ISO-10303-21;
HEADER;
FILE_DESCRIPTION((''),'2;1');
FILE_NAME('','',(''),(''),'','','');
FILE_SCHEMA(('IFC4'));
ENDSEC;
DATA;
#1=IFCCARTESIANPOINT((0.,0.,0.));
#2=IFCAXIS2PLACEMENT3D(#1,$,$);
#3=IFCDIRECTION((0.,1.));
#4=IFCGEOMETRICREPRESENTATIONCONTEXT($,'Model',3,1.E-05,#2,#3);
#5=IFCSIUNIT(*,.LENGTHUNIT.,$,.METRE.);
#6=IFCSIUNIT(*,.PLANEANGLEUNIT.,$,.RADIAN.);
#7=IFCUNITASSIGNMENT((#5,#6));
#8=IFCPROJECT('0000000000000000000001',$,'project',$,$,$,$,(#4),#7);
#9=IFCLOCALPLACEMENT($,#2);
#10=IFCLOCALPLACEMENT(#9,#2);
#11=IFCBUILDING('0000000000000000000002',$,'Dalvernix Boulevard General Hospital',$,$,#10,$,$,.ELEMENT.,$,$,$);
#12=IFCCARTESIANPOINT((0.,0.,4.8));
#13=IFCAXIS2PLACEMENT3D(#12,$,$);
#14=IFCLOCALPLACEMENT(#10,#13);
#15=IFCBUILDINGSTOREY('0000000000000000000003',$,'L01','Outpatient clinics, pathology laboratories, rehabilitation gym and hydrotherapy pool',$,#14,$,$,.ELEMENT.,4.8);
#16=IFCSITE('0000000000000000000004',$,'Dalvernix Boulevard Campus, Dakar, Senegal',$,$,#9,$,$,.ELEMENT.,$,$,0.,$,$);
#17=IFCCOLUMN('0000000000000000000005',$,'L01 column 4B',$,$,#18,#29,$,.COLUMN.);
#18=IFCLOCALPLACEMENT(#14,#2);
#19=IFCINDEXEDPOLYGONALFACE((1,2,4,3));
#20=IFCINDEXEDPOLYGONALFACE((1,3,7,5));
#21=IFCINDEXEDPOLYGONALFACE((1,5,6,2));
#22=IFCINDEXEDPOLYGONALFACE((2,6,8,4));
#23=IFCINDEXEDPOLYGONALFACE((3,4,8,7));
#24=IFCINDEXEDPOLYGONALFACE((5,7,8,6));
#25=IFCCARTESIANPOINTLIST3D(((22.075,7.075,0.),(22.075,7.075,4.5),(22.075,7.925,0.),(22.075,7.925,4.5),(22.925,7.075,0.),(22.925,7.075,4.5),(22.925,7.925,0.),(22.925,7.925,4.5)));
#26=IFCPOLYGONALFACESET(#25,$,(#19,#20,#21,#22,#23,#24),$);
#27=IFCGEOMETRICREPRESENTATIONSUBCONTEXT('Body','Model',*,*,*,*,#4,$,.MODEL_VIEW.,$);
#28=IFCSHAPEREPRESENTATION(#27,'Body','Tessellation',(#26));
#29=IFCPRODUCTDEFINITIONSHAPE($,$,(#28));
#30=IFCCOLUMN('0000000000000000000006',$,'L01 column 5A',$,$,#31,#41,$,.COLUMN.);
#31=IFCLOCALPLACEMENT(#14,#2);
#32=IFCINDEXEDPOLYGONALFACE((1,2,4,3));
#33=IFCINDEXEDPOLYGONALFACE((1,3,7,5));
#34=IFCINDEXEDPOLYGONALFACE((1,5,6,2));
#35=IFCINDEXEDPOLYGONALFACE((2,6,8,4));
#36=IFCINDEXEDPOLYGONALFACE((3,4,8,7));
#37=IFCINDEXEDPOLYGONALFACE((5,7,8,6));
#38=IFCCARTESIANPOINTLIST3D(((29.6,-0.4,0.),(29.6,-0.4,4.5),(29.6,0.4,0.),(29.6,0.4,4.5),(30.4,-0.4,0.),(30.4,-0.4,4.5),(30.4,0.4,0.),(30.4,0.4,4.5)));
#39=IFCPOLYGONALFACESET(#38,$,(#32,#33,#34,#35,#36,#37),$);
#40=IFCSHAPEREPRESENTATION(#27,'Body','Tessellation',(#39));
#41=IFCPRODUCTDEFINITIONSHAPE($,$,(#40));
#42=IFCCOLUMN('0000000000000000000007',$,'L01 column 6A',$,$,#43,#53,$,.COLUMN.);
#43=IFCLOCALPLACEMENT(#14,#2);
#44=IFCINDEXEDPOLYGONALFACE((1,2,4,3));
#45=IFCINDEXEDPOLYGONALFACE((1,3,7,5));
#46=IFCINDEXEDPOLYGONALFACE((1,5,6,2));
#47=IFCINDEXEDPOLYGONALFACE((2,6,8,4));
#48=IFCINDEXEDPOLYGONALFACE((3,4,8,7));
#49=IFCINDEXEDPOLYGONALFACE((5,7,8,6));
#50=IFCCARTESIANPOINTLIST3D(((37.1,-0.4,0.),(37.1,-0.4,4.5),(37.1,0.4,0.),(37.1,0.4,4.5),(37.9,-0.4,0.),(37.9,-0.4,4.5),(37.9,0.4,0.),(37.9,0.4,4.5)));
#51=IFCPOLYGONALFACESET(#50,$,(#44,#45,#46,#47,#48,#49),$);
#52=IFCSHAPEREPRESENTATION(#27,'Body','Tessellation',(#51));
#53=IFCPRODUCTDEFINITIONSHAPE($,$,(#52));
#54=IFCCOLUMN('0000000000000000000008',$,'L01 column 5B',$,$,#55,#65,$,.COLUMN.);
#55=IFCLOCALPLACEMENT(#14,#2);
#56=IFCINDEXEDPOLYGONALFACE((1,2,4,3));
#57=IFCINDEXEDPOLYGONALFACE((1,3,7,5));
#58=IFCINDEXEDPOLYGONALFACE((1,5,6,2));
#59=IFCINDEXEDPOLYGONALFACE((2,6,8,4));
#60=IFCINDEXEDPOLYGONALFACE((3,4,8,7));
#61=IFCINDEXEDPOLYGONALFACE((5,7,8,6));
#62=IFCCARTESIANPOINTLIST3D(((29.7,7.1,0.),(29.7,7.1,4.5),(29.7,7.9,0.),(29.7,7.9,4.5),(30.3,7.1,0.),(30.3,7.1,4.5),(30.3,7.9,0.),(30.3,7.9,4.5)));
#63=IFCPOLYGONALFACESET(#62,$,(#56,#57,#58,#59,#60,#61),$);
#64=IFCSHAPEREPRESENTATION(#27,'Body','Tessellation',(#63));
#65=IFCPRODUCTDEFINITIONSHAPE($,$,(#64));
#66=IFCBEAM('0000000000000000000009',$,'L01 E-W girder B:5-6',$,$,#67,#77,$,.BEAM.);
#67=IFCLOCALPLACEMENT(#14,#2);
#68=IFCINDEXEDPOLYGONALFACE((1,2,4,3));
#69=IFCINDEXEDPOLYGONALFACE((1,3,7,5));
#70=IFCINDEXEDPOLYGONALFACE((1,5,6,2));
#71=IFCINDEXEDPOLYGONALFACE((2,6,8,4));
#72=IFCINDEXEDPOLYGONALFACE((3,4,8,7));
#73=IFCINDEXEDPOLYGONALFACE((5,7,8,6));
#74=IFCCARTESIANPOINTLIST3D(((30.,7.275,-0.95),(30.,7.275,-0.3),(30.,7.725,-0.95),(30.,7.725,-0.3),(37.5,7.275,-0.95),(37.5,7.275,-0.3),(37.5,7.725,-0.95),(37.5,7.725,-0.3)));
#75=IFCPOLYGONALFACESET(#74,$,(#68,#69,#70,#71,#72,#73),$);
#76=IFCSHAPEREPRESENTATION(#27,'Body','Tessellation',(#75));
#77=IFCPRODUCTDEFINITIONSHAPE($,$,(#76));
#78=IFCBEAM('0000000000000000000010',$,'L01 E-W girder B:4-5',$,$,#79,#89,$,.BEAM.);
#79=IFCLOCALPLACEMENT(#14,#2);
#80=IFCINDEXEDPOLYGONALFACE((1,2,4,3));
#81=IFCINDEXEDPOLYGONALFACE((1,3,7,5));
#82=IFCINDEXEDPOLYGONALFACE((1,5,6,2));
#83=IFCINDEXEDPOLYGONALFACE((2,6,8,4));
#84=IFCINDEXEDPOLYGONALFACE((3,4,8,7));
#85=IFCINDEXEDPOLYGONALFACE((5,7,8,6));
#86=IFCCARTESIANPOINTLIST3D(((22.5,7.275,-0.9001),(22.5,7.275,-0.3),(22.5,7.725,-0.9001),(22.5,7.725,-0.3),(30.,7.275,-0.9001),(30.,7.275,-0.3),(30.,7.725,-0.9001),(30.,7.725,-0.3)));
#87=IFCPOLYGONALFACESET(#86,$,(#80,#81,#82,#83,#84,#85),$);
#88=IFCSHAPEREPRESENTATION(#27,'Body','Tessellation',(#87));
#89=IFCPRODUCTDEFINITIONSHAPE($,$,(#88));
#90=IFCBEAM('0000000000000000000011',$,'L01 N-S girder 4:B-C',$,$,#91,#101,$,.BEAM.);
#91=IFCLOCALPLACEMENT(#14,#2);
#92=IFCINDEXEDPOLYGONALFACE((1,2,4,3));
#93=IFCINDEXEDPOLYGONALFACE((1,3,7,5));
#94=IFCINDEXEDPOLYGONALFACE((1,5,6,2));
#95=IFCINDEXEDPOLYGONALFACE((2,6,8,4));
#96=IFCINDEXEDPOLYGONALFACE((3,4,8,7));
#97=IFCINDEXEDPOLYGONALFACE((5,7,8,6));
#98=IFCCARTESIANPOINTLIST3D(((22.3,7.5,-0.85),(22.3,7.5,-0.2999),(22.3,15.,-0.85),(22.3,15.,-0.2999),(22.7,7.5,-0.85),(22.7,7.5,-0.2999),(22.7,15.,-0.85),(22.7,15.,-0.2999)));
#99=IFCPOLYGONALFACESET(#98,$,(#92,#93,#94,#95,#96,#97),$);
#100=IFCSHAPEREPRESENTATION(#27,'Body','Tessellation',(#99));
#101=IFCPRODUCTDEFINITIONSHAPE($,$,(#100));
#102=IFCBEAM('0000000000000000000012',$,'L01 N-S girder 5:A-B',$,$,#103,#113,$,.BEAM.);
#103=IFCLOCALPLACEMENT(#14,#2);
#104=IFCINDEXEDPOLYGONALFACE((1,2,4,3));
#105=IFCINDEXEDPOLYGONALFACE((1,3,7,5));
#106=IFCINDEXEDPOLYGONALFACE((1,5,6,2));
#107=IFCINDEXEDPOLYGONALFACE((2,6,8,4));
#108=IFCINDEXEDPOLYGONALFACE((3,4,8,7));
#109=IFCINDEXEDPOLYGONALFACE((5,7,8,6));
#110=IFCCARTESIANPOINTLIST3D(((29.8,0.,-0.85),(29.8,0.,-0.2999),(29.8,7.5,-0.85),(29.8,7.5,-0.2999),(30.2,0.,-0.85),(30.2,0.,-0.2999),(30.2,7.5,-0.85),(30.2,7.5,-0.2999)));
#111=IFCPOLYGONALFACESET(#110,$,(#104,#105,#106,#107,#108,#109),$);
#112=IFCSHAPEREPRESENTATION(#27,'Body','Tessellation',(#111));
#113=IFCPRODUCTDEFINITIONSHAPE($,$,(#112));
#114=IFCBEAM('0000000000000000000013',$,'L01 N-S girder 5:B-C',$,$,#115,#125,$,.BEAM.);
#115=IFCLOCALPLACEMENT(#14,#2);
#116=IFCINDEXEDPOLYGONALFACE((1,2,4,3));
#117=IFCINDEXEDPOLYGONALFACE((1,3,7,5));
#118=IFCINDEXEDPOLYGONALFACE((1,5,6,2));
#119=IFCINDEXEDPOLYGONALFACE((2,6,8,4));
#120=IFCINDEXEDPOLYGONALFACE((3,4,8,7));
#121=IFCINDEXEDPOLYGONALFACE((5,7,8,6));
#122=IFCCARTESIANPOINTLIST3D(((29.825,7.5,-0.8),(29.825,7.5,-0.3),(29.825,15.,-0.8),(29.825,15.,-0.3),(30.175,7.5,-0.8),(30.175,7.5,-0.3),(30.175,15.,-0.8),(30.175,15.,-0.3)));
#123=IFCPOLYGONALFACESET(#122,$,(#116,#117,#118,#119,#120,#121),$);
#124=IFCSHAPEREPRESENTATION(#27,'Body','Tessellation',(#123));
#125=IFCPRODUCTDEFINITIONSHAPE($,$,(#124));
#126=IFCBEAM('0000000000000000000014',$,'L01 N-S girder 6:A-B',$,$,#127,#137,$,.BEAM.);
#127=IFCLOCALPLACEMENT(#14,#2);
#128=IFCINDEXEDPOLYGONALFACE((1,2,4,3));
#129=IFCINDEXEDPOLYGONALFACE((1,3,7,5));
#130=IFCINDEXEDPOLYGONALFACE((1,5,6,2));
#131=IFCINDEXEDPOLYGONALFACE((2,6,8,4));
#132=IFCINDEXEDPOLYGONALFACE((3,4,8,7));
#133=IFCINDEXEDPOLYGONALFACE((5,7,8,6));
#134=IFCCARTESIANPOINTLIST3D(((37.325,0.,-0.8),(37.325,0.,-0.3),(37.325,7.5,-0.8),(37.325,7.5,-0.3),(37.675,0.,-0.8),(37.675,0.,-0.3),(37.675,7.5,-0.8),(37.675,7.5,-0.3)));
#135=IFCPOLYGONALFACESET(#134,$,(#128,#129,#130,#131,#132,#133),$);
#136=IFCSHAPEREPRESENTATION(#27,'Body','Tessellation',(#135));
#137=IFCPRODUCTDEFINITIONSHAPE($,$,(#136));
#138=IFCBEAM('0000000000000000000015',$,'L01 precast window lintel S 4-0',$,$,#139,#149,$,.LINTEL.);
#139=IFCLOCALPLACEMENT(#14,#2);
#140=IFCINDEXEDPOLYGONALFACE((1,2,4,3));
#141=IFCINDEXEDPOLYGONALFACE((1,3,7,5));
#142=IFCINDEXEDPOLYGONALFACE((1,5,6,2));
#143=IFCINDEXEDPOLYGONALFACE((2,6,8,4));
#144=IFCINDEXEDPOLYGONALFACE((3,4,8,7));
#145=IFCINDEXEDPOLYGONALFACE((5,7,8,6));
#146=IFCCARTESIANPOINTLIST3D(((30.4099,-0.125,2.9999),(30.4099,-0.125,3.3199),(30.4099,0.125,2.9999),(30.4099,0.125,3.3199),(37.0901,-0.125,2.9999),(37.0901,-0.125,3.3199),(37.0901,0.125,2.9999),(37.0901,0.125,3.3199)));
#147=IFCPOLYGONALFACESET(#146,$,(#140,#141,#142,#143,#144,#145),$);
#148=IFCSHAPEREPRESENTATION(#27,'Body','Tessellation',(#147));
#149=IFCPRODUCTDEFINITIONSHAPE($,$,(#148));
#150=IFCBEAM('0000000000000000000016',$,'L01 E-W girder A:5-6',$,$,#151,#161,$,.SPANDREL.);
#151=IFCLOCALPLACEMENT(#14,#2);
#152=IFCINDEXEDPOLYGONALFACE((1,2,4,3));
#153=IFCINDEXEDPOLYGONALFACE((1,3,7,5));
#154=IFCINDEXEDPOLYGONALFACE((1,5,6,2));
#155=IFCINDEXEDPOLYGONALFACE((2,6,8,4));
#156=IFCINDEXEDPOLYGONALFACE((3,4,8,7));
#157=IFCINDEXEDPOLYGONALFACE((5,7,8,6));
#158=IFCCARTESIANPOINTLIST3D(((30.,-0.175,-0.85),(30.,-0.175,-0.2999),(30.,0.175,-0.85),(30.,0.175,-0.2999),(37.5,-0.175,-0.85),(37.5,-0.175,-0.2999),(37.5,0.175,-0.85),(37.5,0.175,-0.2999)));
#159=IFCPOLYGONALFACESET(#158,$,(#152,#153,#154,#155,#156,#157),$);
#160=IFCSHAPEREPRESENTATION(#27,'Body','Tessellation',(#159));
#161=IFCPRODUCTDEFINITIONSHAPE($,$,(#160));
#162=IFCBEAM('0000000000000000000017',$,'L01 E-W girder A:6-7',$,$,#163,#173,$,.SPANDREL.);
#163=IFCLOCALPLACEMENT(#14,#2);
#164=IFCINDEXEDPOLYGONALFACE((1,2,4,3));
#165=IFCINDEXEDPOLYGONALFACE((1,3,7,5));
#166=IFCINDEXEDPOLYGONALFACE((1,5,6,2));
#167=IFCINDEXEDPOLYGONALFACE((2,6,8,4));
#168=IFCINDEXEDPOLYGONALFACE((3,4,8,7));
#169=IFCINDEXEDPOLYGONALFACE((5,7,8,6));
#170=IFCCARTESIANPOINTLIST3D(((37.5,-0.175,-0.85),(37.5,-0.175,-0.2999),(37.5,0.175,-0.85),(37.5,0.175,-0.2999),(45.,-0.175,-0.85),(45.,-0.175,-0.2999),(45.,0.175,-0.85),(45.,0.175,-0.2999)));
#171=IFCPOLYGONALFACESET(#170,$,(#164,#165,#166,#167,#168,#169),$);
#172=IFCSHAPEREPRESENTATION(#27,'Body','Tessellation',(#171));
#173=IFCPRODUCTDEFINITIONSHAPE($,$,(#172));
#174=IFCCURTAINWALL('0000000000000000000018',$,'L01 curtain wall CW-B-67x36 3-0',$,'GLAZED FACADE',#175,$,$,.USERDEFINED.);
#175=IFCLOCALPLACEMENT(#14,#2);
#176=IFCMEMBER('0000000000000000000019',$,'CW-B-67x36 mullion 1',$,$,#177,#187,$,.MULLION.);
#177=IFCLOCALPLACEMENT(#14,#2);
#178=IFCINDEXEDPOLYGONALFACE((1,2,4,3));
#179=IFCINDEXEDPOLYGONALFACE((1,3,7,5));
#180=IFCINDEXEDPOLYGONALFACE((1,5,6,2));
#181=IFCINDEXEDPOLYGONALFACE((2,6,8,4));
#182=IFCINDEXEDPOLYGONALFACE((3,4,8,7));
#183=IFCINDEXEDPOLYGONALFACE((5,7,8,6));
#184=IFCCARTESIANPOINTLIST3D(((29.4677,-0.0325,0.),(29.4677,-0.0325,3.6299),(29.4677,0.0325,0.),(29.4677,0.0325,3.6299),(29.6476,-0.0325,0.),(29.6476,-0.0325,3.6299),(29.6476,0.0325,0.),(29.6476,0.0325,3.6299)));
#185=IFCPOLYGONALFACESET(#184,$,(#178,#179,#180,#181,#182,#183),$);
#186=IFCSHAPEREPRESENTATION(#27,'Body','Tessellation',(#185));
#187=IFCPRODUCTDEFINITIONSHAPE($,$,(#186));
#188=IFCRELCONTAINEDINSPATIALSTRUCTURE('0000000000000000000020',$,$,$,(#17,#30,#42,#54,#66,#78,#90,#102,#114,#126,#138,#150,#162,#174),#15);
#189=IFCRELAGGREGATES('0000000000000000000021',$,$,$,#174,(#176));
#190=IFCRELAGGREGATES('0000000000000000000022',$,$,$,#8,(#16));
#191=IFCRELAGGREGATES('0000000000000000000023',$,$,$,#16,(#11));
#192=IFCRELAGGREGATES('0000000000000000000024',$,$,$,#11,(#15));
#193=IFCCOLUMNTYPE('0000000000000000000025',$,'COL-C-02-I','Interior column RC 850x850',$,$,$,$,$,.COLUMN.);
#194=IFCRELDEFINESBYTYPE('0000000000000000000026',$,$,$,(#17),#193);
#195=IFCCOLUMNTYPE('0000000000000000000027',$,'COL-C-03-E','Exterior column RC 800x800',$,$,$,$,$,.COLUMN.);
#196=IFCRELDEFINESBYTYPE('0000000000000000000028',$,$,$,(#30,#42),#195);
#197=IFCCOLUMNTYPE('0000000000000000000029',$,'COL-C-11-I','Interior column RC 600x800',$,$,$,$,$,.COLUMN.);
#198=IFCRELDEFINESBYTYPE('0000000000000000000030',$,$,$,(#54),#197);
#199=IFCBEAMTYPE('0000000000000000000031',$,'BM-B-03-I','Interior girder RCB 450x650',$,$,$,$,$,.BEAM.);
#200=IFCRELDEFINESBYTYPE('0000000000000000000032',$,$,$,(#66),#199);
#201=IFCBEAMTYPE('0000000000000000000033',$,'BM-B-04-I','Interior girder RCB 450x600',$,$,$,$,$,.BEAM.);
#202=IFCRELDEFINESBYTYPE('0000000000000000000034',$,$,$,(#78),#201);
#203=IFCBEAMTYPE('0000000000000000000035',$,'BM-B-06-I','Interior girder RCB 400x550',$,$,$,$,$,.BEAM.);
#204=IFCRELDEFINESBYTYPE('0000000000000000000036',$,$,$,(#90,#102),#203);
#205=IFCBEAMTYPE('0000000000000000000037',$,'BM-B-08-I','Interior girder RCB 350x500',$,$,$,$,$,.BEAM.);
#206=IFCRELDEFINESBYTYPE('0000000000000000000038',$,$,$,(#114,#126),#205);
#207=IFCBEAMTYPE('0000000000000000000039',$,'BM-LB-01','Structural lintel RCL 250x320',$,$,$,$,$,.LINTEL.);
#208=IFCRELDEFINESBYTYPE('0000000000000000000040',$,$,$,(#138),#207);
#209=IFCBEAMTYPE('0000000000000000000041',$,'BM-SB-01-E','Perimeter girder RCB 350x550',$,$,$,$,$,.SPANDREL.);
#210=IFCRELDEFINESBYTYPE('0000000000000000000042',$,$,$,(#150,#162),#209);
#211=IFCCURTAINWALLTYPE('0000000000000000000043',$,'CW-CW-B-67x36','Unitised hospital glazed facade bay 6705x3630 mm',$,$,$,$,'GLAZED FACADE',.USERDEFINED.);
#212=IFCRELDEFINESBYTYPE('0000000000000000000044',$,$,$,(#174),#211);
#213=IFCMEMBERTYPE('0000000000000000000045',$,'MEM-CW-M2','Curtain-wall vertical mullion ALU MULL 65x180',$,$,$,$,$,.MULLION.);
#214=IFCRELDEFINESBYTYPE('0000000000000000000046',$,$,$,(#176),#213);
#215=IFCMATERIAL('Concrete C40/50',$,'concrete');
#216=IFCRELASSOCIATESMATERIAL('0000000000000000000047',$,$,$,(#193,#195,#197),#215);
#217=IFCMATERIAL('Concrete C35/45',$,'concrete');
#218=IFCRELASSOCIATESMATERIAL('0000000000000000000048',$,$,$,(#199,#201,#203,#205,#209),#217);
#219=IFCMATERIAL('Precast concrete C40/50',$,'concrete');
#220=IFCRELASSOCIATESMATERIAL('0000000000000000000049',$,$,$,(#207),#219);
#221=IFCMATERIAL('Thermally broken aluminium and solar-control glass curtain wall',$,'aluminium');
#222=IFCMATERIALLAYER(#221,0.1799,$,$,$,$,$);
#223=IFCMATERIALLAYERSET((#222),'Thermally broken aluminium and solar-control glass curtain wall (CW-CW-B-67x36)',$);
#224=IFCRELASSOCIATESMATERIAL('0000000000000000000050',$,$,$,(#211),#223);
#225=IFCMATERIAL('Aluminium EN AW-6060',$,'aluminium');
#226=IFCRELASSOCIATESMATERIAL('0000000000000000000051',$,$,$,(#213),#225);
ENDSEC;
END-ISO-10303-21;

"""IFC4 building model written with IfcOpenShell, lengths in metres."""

from ifc_helpers import new_model, si_unit, direction, frame, origin, origin_2d, place, context, subcontext, project, spatial, rectangle, extrude, material, layer, layer_set, material_profile, profile_set, type_object, element, aggregate, save


model = new_model("IFC4")

# Units and contexts
model_context = context("Model", 3, precision=1e-05, world=origin(), true_north=direction((0.0, 1.0)))
body_context = subcontext(model_context, "Body", "Model", "MODEL_VIEW")
ifc_project = project(units=[si_unit("LENGTHUNIT", "METRE"), si_unit("PLANEANGLEUNIT", "RADIAN")], contexts=[model_context])

# Site, building, storey
site_placement = place(None, origin())
site = spatial("IfcSite", under=ifc_project, at=site_placement, Name="Dalvernix Boulevard Campus, Dakar, Senegal", CompositionType="ELEMENT", RefElevation=0.0)
building_placement = place(site_placement, origin())
building = spatial("IfcBuilding", under=site, at=building_placement, Name="Dalvernix Boulevard General Hospital", CompositionType="ELEMENT")
storey_placement = place(building_placement, frame((0.0, 0.0, 4.8)))
storey = spatial("IfcBuildingStorey", under=building, at=storey_placement, Name="L01", Description="Outpatient clinics, pathology laboratories, rehabilitation gym and hydrotherapy pool", CompositionType="ELEMENT", Elevation=4.8)

# Columns
ifc_material_1 = material(Name="Concrete C40/50", Category="concrete")
ifc_material_profile_1 = material_profile(ifc_material_1, rectangle(XDim=0.8501, YDim=0.8501, at=origin_2d()), Name="RC 850x850")
ifc_profile_set_1 = profile_set([ifc_material_profile_1], Name="Concrete C40/50")
column_type_1 = type_object("IfcColumnType", Name="COL-C-02-I", Description="Interior column RC 850x850", PredefinedType="COLUMN", material=ifc_profile_set_1)
column_1_placement = place(storey_placement, frame((22.5, 7.5, 0.0), z_axis=(0.0, 0.0, 1.0), x_axis=(1.0, 0.0, 0.0)))
element("IfcColumn", 1, at=column_1_placement, inside=storey, type_object=column_type_1, Name="L01 column 4B", PredefinedType="COLUMN", context=body_context, shape_type="SweptSolid", body=[
    extrude(rectangle(XDim=0.8501, YDim=0.8501, at=origin_2d()), origin(), (0.0, 0.0, 1.0), 4.5),
])
ifc_material_profile_2 = material_profile(ifc_material_1, rectangle(XDim=0.8, YDim=0.8, at=origin_2d()), Name="RC 800x800")
ifc_profile_set_2 = profile_set([ifc_material_profile_2], Name="Concrete C40/50")
column_type_2 = type_object("IfcColumnType", Name="COL-C-03-E", Description="Exterior column RC 800x800", PredefinedType="COLUMN", material=ifc_profile_set_2)
for number, where, z_axis, x_axis, name in (
    (2, (30.0, 0.0, 0.0), (0.0, 0.0, 1.0), (1.0, 0.0, 0.0), "L01 column 5A"),
    (3, (37.5, 0.0, 0.0), (0.0, 0.0, 1.0), (1.0, 0.0, 0.0), "L01 column 6A"),
):
    element("IfcColumn", number, at=place(storey_placement, frame(where, z_axis=z_axis, x_axis=x_axis)), inside=storey, type_object=column_type_2, Name=name, PredefinedType="COLUMN", context=body_context, shape_type="SweptSolid", body=[
        extrude(rectangle(XDim=0.8, YDim=0.8, at=origin_2d()), origin(), (0.0, 0.0, 1.0), 4.5),
    ])
ifc_material_profile_3 = material_profile(ifc_material_1, rectangle(XDim=0.6001, YDim=0.8, at=origin_2d()), Name="RC 600x800")
ifc_profile_set_3 = profile_set([ifc_material_profile_3], Name="Concrete C40/50")
column_type_3 = type_object("IfcColumnType", Name="COL-C-11-I", Description="Interior column RC 600x800", PredefinedType="COLUMN", material=ifc_profile_set_3)
column_2_placement = place(storey_placement, frame((30.0, 7.5, 0.0), z_axis=(0.0, 0.0, 1.0), x_axis=(1.0, 0.0, 0.0)))
element("IfcColumn", 4, at=column_2_placement, inside=storey, type_object=column_type_3, Name="L01 column 5B", PredefinedType="COLUMN", context=body_context, shape_type="SweptSolid", body=[
    extrude(rectangle(XDim=0.6001, YDim=0.8, at=origin_2d()), origin(), (0.0, 0.0, 1.0), 4.5),
])

# Beams
ifc_material_2 = material(Name="Concrete C35/45", Category="concrete")
ifc_material_profile_4 = material_profile(ifc_material_2, rectangle(XDim=0.45, YDim=0.6499, at=origin_2d()), Name="RCB 450x650")
ifc_profile_set_4 = profile_set([ifc_material_profile_4], Name="Concrete C35/45")
beam_type_1 = type_object("IfcBeamType", Name="BM-B-03-I", Description="Interior girder RCB 450x650", PredefinedType="BEAM", material=ifc_profile_set_4)
beam_1_placement = place(storey_placement, frame((30.0, 7.5, -0.625), z_axis=(1.0, 0.0, 0.0), x_axis=(0.0, 1.0, 0.0)))
element("IfcBeam", 5, at=beam_1_placement, inside=storey, type_object=beam_type_1, Name="L01 E-W girder B:5-6", PredefinedType="BEAM", context=body_context, shape_type="SweptSolid", body=[
    extrude(rectangle(XDim=0.45, YDim=0.6499, at=origin_2d()), origin(), (0.0, 0.0, 1.0), 7.5),
])
ifc_material_profile_5 = material_profile(ifc_material_2, rectangle(XDim=0.45, YDim=0.6001, at=origin_2d()), Name="RCB 450x600")
ifc_profile_set_5 = profile_set([ifc_material_profile_5], Name="Concrete C35/45")
beam_type_2 = type_object("IfcBeamType", Name="BM-B-04-I", Description="Interior girder RCB 450x600", PredefinedType="BEAM", material=ifc_profile_set_5)
beam_2_placement = place(storey_placement, frame((22.5, 7.5, -0.6001), z_axis=(1.0, 0.0, 0.0), x_axis=(0.0, 1.0, 0.0)))
element("IfcBeam", 6, at=beam_2_placement, inside=storey, type_object=beam_type_2, Name="L01 E-W girder B:4-5", PredefinedType="BEAM", context=body_context, shape_type="SweptSolid", body=[
    extrude(rectangle(XDim=0.45, YDim=0.6001, at=origin_2d()), origin(), (0.0, 0.0, 1.0), 7.5),
])
ifc_material_profile_6 = material_profile(ifc_material_2, rectangle(XDim=0.3999, YDim=0.55, at=origin_2d()), Name="RCB 400x550")
ifc_profile_set_6 = profile_set([ifc_material_profile_6], Name="Concrete C35/45")
beam_type_3 = type_object("IfcBeamType", Name="BM-B-06-I", Description="Interior girder RCB 400x550", PredefinedType="BEAM", material=ifc_profile_set_6)
for number, where, z_axis, x_axis, name in (
    (7, (22.5, 7.5, -0.575), (0.0, 1.0, 0.0), (-1.0, 0.0, 0.0), "L01 N-S girder 4:B-C"),
    (8, (30.0, 0.0, -0.575), (0.0, 1.0, 0.0), (-1.0, 0.0, 0.0), "L01 N-S girder 5:A-B"),
):
    element("IfcBeam", number, at=place(storey_placement, frame(where, z_axis=z_axis, x_axis=x_axis)), inside=storey, type_object=beam_type_3, Name=name, PredefinedType="BEAM", context=body_context, shape_type="SweptSolid", body=[
        extrude(rectangle(XDim=0.3999, YDim=0.55, at=origin_2d()), origin(), (0.0, 0.0, 1.0), 7.5),
    ])
ifc_material_profile_7 = material_profile(ifc_material_2, rectangle(XDim=0.3501, YDim=0.5, at=origin_2d()), Name="RCB 350x500")
ifc_profile_set_7 = profile_set([ifc_material_profile_7], Name="Concrete C35/45")
beam_type_4 = type_object("IfcBeamType", Name="BM-B-08-I", Description="Interior girder RCB 350x500", PredefinedType="BEAM", material=ifc_profile_set_7)
for number, where, z_axis, x_axis, name in (
    (9, (30.0, 7.5, -0.55), (0.0, 1.0, 0.0), (-1.0, 0.0, 0.0), "L01 N-S girder 5:B-C"),
    (10, (37.5, 0.0, -0.55), (0.0, 1.0, 0.0), (-1.0, 0.0, 0.0), "L01 N-S girder 6:A-B"),
):
    element("IfcBeam", number, at=place(storey_placement, frame(where, z_axis=z_axis, x_axis=x_axis)), inside=storey, type_object=beam_type_4, Name=name, PredefinedType="BEAM", context=body_context, shape_type="SweptSolid", body=[
        extrude(rectangle(XDim=0.3501, YDim=0.5, at=origin_2d()), origin(), (0.0, 0.0, 1.0), 7.5),
    ])
ifc_material_3 = material(Name="Precast concrete C40/50", Category="concrete")
ifc_material_profile_8 = material_profile(ifc_material_3, rectangle(XDim=0.25, YDim=0.3201, at=origin_2d()), Name="RCL 250x320")
ifc_profile_set_8 = profile_set([ifc_material_profile_8], Name="Precast concrete C40/50")
beam_type_5 = type_object("IfcBeamType", Name="BM-LB-01", Description="Structural lintel RCL 250x320", PredefinedType="LINTEL", material=ifc_profile_set_8)
beam_3_placement = place(storey_placement, frame((37.0901, 0.0, 3.1599), z_axis=(-1.0, 0.0, 0.0), x_axis=(0.0, -1.0, 0.0)))
element("IfcBeam", 11, at=beam_3_placement, inside=storey, type_object=beam_type_5, Name="L01 precast window lintel S 4-0", PredefinedType="LINTEL", context=body_context, shape_type="SweptSolid", body=[
    extrude(rectangle(XDim=0.25, YDim=0.3201, at=origin_2d()), origin(), (0.0, 0.0, 1.0), 6.6802),
])
ifc_material_profile_9 = material_profile(ifc_material_2, rectangle(XDim=0.3501, YDim=0.55, at=origin_2d()), Name="RCB 350x550")
ifc_profile_set_9 = profile_set([ifc_material_profile_9], Name="Concrete C35/45")
beam_type_6 = type_object("IfcBeamType", Name="BM-SB-01-E", Description="Perimeter girder RCB 350x550", PredefinedType="SPANDREL", material=ifc_profile_set_9)
for number, where, z_axis, x_axis, name in (
    (12, (30.0, 0.0, -0.575), (1.0, 0.0, 0.0), (0.0, 1.0, 0.0), "L01 E-W girder A:5-6"),
    (13, (37.5, 0.0, -0.575), (1.0, 0.0, 0.0), (0.0, 1.0, 0.0), "L01 E-W girder A:6-7"),
):
    element("IfcBeam", number, at=place(storey_placement, frame(where, z_axis=z_axis, x_axis=x_axis)), inside=storey, type_object=beam_type_6, Name=name, PredefinedType="SPANDREL", context=body_context, shape_type="SweptSolid", body=[
        extrude(rectangle(XDim=0.3501, YDim=0.55, at=origin_2d()), origin(), (0.0, 0.0, 1.0), 7.5),
    ])

# Curtain wall, member
ifc_material_4 = material(Name="Thermally broken aluminium and solar-control glass curtain wall", Category="aluminium")
ifc_layer_1 = layer(ifc_material_4, 0.1799)
ifc_layer_set_1 = layer_set([ifc_layer_1], Name="Thermally broken aluminium and solar-control glass curtain wall (CW-CW-B-67x36)")
curtain_wall_type = type_object("IfcCurtainWallType", Name="CW-CW-B-67x36", Description="Unitised hospital glazed facade bay 6705x3630 mm", ElementType="GLAZED FACADE", PredefinedType="USERDEFINED", material=ifc_layer_set_1)
curtain_wall_placement = place(storey_placement, origin())
curtain_wall = element("IfcCurtainWall", 14, at=curtain_wall_placement, inside=storey, type_object=curtain_wall_type, Name="L01 curtain wall CW-B-67x36 3-0", ObjectType="GLAZED FACADE", PredefinedType="USERDEFINED")
ifc_material_5 = material(Name="Aluminium EN AW-6060", Category="aluminium")
ifc_material_profile_10 = material_profile(ifc_material_5, rectangle(XDim=0.0649, YDim=0.1799, at=origin_2d()), Name="ALU MULL 65x180")
ifc_profile_set_10 = profile_set([ifc_material_profile_10], Name="Aluminium EN AW-6060")
member_type_1 = type_object("IfcMemberType", Name="MEM-CW-M2", Description="Curtain-wall vertical mullion ALU MULL 65x180", PredefinedType="MULLION", material=ifc_profile_set_10)
member_1_placement = place(storey_placement, frame((29.5576, 0.0, 0.0), z_axis=(0.0, 0.0, 1.0), x_axis=(0.0, -1.0, 0.0)))
member_1 = element("IfcMember", 15, at=member_1_placement, type_object=member_type_1, Name="CW-B-67x36 mullion 1", PredefinedType="MULLION", context=body_context, shape_type="SweptSolid", body=[
    extrude(rectangle(XDim=0.0649, YDim=0.1799, at=origin_2d()), origin(), (0.0, 0.0, 1.0), 3.6299),
])
aggregate(curtain_wall, [member_1])

save(model, "model.ifc")
